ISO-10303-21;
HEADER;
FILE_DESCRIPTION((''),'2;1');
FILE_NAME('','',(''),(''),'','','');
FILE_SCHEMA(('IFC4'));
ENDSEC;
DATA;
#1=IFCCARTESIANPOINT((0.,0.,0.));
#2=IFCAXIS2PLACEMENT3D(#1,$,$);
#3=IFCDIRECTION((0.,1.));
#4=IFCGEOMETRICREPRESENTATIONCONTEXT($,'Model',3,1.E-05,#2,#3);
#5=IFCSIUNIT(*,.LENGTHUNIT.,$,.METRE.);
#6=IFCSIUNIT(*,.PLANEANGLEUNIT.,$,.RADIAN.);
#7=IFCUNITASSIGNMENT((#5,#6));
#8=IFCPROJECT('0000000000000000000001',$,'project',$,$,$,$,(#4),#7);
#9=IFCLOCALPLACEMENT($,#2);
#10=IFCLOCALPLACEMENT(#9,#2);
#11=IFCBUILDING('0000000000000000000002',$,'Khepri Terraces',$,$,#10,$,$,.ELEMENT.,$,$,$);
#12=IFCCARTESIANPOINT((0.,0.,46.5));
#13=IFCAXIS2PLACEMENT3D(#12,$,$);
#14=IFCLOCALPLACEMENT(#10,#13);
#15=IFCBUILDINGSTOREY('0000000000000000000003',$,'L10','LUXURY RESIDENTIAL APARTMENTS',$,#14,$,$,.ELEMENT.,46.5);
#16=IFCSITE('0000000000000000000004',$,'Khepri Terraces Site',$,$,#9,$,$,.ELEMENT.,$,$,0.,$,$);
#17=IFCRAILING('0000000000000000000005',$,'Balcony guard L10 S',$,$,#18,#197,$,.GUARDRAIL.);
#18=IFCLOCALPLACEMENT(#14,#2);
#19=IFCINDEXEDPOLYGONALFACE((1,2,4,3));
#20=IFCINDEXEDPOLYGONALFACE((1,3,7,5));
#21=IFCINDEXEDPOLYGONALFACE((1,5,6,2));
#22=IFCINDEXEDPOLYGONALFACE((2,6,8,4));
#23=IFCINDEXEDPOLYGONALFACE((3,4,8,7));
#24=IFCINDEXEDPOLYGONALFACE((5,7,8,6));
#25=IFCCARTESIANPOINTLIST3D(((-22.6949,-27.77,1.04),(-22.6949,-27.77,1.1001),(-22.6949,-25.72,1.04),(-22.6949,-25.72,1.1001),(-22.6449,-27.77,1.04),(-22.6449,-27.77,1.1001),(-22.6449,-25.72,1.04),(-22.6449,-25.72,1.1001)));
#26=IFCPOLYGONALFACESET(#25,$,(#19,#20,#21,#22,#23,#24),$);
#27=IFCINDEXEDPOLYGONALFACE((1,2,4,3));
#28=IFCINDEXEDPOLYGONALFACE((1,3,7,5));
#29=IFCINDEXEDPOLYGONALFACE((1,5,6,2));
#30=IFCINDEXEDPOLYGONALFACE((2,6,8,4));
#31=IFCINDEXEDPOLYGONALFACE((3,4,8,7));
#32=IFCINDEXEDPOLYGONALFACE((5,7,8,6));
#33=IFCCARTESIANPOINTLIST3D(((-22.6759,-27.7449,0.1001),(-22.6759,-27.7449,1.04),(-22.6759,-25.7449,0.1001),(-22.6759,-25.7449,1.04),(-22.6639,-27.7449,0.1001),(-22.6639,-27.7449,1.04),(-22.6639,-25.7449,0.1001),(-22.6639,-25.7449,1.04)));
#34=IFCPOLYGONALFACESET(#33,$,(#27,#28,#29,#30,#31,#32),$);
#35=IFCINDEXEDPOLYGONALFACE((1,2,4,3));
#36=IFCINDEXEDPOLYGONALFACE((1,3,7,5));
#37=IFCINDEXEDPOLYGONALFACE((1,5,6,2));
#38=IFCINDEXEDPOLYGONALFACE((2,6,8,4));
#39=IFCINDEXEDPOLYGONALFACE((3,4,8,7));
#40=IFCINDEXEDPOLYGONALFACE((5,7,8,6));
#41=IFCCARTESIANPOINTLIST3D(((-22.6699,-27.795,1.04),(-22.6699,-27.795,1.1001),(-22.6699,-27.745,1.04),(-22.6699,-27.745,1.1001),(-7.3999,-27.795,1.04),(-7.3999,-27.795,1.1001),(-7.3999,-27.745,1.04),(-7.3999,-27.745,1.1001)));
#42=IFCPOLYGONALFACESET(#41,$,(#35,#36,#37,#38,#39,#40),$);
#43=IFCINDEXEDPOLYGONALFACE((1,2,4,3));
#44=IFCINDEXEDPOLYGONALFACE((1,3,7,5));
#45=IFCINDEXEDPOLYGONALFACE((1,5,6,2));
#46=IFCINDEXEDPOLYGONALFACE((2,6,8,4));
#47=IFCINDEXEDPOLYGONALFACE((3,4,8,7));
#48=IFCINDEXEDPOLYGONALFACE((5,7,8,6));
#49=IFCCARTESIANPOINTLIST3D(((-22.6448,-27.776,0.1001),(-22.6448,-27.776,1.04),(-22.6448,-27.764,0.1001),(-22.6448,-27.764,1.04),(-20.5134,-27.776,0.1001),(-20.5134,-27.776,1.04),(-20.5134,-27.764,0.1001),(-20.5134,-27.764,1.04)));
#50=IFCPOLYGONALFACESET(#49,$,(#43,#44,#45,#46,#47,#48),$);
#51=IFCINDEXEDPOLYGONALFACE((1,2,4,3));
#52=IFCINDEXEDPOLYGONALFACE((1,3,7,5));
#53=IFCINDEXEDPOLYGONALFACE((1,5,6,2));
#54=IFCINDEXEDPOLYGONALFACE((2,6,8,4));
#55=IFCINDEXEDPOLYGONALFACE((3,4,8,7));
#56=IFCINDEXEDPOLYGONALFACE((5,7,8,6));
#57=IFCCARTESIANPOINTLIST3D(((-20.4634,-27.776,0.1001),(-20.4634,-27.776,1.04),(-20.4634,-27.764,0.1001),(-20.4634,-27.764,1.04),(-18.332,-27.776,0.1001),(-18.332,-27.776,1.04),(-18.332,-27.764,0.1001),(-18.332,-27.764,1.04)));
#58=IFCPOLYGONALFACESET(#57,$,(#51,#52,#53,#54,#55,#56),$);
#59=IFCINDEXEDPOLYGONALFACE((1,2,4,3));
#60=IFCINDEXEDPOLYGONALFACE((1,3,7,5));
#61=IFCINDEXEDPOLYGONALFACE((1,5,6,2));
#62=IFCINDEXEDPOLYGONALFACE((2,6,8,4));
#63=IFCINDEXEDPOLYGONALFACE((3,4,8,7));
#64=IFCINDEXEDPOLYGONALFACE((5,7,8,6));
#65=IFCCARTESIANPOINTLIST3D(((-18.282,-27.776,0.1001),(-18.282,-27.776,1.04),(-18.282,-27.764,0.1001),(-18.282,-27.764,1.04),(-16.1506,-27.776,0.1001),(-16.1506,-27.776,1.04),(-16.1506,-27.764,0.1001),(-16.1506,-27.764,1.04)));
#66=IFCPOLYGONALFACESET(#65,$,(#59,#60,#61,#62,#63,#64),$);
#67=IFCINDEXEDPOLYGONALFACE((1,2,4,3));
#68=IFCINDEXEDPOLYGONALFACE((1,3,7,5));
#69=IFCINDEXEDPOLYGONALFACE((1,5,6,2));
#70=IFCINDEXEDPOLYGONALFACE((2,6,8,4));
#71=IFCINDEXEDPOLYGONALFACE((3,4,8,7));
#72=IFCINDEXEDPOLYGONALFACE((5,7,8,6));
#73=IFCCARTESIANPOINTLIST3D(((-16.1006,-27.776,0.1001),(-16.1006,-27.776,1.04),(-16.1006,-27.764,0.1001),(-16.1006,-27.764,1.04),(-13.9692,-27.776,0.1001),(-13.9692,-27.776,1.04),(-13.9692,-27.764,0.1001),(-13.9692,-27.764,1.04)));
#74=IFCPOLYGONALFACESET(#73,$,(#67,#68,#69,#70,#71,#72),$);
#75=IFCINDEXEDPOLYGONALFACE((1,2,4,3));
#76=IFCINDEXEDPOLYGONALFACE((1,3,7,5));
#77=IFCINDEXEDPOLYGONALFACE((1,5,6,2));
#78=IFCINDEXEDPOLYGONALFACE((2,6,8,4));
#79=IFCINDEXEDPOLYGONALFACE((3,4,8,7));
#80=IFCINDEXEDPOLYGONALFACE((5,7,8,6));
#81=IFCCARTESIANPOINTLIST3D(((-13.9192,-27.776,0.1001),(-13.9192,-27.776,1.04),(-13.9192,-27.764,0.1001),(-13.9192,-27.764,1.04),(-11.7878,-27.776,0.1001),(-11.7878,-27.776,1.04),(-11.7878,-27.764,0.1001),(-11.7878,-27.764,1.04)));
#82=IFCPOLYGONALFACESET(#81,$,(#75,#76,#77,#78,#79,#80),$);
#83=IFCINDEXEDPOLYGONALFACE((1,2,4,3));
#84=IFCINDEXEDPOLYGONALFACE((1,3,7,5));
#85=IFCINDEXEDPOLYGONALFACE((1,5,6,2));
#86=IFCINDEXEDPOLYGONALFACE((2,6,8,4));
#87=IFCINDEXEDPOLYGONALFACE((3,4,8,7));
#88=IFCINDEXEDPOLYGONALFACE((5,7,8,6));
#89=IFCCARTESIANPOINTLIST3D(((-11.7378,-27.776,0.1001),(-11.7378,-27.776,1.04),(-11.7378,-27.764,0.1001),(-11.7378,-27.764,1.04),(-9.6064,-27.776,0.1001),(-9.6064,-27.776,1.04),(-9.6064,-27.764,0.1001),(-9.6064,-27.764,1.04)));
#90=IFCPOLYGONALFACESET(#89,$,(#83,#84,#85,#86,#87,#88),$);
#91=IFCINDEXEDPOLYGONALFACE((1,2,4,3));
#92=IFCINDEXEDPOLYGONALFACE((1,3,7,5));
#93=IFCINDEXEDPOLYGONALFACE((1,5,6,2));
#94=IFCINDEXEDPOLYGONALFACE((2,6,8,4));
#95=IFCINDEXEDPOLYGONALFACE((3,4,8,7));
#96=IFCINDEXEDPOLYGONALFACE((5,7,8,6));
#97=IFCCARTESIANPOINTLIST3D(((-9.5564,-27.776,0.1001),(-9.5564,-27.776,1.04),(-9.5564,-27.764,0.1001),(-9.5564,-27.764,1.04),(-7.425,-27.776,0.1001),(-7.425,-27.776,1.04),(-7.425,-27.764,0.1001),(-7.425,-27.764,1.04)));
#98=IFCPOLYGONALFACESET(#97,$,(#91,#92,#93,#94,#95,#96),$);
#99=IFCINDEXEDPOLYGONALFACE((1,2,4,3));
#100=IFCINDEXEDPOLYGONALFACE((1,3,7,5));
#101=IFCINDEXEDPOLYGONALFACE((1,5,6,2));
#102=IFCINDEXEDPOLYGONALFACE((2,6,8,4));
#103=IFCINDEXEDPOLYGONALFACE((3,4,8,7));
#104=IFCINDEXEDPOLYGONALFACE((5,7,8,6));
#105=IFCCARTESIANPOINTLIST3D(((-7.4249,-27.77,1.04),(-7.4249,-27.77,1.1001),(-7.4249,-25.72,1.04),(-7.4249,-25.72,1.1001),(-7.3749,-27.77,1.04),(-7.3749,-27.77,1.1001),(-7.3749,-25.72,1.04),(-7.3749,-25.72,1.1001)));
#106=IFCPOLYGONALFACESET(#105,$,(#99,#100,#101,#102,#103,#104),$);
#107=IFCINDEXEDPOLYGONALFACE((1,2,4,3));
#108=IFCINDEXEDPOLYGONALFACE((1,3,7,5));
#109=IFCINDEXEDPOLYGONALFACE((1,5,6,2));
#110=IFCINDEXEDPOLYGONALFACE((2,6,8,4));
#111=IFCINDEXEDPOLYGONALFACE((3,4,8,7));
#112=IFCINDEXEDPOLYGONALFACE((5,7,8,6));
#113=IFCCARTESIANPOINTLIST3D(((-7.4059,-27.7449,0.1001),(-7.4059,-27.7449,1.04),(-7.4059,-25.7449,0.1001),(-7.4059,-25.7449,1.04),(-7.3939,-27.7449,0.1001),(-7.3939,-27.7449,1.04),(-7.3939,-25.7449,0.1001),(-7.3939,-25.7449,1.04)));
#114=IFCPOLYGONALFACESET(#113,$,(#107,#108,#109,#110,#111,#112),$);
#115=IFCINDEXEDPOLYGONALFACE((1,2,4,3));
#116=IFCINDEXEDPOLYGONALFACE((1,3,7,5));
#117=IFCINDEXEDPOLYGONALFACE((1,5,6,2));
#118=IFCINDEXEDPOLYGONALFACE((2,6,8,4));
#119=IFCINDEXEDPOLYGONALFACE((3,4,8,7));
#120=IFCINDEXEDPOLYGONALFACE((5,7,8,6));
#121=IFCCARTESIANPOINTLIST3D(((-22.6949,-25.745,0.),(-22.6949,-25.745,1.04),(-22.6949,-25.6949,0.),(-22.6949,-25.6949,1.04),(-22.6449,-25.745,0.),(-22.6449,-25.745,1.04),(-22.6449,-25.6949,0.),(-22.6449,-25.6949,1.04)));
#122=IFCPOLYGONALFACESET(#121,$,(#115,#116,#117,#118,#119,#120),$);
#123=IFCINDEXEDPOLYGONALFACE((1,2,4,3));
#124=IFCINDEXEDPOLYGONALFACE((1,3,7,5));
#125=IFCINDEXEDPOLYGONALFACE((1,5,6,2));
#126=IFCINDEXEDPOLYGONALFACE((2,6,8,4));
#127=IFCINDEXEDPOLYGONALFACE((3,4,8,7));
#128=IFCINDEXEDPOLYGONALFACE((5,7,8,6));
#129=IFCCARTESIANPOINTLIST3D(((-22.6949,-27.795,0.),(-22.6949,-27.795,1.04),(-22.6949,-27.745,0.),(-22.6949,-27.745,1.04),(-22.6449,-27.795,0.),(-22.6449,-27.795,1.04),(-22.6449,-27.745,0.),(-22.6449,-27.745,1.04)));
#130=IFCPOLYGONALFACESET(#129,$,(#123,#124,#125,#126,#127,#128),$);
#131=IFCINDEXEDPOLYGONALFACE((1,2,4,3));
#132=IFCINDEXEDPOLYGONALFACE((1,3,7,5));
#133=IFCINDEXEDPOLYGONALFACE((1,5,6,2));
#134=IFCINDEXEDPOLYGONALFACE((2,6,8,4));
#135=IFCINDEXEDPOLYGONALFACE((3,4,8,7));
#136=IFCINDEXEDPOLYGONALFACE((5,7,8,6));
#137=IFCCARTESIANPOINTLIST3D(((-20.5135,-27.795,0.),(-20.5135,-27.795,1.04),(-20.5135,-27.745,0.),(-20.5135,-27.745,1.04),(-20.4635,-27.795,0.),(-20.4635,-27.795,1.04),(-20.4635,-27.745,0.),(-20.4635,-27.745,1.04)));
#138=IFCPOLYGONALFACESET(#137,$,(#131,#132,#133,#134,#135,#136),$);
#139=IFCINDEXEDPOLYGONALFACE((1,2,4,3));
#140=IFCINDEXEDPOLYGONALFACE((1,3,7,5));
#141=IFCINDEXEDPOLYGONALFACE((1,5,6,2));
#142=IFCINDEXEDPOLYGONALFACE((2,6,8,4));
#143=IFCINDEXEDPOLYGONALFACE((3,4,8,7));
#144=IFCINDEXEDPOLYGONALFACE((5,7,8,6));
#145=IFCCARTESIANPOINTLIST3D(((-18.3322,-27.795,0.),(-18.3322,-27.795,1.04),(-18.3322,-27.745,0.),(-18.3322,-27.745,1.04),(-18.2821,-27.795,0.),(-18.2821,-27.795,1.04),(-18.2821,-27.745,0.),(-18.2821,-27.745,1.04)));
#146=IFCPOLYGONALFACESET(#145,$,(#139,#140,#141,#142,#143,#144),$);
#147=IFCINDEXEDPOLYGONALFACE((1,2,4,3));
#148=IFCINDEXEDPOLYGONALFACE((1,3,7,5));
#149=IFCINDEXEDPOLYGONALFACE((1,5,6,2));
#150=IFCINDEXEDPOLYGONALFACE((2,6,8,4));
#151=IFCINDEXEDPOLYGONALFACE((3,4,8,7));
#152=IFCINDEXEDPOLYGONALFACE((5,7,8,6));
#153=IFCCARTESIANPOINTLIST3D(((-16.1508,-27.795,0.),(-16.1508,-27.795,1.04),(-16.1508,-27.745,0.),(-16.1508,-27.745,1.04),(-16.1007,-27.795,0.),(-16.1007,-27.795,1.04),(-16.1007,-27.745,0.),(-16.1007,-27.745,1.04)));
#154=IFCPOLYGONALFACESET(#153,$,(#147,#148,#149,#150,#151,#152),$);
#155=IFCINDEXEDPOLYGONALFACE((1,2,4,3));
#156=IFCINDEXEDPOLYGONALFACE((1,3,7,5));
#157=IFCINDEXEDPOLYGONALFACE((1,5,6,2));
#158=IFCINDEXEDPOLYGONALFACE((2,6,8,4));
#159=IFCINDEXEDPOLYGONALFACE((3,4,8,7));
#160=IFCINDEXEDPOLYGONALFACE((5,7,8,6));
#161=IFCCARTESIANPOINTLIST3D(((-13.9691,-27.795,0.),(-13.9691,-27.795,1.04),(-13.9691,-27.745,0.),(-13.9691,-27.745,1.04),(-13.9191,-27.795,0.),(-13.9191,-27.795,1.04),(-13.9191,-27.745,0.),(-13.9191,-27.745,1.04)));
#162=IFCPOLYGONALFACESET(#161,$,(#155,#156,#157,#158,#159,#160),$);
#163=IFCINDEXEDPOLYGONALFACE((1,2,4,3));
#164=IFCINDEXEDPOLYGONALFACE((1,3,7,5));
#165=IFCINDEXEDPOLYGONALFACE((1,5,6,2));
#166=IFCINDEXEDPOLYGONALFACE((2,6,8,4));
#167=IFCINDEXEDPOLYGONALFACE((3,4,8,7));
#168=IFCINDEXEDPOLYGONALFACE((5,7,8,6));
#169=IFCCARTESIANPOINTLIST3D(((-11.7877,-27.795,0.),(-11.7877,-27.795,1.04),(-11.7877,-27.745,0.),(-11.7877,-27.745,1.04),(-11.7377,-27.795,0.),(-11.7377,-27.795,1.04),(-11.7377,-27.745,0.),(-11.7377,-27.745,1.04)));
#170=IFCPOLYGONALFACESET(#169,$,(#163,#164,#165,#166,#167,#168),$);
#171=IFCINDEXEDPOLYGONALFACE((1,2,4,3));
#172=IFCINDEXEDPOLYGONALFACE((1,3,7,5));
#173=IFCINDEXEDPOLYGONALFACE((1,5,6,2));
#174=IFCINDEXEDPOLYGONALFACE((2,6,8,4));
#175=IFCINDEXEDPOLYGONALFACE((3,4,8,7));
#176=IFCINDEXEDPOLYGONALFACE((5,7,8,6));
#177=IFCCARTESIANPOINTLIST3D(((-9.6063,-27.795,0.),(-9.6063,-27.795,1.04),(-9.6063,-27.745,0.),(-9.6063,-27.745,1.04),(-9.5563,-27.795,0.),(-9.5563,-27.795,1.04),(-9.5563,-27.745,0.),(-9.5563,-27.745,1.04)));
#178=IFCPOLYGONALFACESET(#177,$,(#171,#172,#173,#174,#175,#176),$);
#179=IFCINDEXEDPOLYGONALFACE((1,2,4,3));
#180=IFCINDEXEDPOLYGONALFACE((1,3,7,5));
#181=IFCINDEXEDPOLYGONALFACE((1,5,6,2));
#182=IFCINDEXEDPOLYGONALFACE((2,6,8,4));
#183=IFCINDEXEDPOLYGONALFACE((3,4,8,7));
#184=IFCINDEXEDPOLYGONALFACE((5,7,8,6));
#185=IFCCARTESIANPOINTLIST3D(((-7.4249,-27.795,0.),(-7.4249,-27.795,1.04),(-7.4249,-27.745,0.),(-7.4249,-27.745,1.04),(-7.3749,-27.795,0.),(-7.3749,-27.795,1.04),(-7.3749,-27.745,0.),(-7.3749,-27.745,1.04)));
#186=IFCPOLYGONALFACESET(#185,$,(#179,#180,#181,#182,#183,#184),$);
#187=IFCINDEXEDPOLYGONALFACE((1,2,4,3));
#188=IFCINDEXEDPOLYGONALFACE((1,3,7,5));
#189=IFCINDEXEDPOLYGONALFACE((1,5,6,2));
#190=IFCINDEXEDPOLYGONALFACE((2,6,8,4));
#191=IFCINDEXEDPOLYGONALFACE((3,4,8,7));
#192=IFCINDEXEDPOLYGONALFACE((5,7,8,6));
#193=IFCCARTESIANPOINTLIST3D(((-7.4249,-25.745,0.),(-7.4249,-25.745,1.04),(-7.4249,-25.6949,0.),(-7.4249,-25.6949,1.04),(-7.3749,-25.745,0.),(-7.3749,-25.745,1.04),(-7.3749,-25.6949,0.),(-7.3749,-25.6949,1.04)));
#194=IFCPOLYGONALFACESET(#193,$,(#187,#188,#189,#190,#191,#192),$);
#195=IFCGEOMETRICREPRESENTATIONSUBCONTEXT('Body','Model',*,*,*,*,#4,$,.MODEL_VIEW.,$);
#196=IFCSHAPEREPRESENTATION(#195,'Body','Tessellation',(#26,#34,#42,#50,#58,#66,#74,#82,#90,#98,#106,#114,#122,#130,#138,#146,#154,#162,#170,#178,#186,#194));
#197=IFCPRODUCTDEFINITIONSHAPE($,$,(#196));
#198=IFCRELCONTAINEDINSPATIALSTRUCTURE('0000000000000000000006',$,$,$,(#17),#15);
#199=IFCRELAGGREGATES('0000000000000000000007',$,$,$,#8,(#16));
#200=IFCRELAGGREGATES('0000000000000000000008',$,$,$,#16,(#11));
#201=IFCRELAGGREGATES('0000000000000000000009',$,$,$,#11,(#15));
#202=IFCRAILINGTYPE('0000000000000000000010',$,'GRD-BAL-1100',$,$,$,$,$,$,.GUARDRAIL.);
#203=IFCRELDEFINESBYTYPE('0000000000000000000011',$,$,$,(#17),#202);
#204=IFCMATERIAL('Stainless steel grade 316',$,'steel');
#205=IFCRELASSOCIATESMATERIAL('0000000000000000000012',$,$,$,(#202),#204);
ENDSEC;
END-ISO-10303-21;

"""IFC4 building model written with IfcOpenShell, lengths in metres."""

from ifc_helpers import new_model, si_unit, direction, frame, origin, origin_2d, place, context, subcontext, project, spatial, rectangle, extrude, material, type_object, element, save


model = new_model("IFC4")

# Units and contexts
model_context = context("Model", 3, precision=1e-05, world=origin(), true_north=direction((0.0, 1.0)))
body_context = subcontext(model_context, "Body", "Model", "MODEL_VIEW")
ifc_project = project(units=[si_unit("LENGTHUNIT", "METRE"), si_unit("PLANEANGLEUNIT", "RADIAN")], contexts=[model_context])

# Site, building, storey
site_placement = place(None, origin())
site = spatial("IfcSite", under=ifc_project, at=site_placement, Name="Khepri Terraces Site", CompositionType="ELEMENT", RefElevation=0.0)
building_placement = place(site_placement, origin())
building = spatial("IfcBuilding", under=site, at=building_placement, Name="Khepri Terraces", CompositionType="ELEMENT")
storey_placement = place(building_placement, frame((0.0, 0.0, 46.5)))
storey = spatial("IfcBuildingStorey", under=building, at=storey_placement, Name="L10", Description="LUXURY RESIDENTIAL APARTMENTS", CompositionType="ELEMENT", Elevation=46.5)

# Railing
ifc_material_1 = material(Name="Stainless steel grade 316", Category="steel")
railing_type = type_object("IfcRailingType", Name="GRD-BAL-1100", PredefinedType="GUARDRAIL", material=ifc_material_1)
railing_placement = place(storey_placement, frame((-22.6699, -25.72, 0.0)))
element("IfcRailing", 1, at=railing_placement, inside=storey, type_object=railing_type, Name="Balcony guard L10 S", PredefinedType="GUARDRAIL", context=body_context, shape_type="SweptSolid", body=[
    extrude(rectangle(XDim=0.05, YDim=0.0601, at=origin_2d()), frame((0.0, 0.0, 1.0701), z_axis=(0.0, -1.0, 0.0), x_axis=(1.0, 0.0, 0.0)), (0.0, 0.0, 1.0), 2.05),
    extrude(rectangle(XDim=2.0, YDim=0.012, at=origin_2d()), frame((0.0, -1.0249, 0.1001), z_axis=(0.0, 0.0, 1.0), x_axis=(0.0, -1.0, 0.0)), (0.0, 0.0, 1.0), 0.9399),
    extrude(rectangle(XDim=0.05, YDim=0.0601, at=origin_2d()), frame((0.0, -2.05, 1.0701), z_axis=(1.0, 0.0, 0.0), x_axis=(0.0, 1.0, 0.0)), (0.0, 0.0, 1.0), 15.27),
    extrude(rectangle(XDim=2.1313, YDim=0.012, at=origin_2d()), frame((1.0908, -2.05, 0.1001), z_axis=(0.0, 0.0, 1.0), x_axis=(1.0, 0.0, 0.0)), (0.0, 0.0, 1.0), 0.9399),
    extrude(rectangle(XDim=2.1313, YDim=0.012, at=origin_2d()), frame((3.2722, -2.05, 0.1001), z_axis=(0.0, 0.0, 1.0), x_axis=(1.0, 0.0, 0.0)), (0.0, 0.0, 1.0), 0.9399),
    extrude(rectangle(XDim=2.1313, YDim=0.012, at=origin_2d()), frame((5.4536, -2.05, 0.1001), z_axis=(0.0, 0.0, 1.0), x_axis=(1.0, 0.0, 0.0)), (0.0, 0.0, 1.0), 0.9399),
    extrude(rectangle(XDim=2.1313, YDim=0.012, at=origin_2d()), frame((7.635, -2.05, 0.1001), z_axis=(0.0, 0.0, 1.0), x_axis=(1.0, 0.0, 0.0)), (0.0, 0.0, 1.0), 0.9399),
    extrude(rectangle(XDim=2.1313, YDim=0.012, at=origin_2d()), frame((9.8164, -2.05, 0.1001), z_axis=(0.0, 0.0, 1.0), x_axis=(1.0, 0.0, 0.0)), (0.0, 0.0, 1.0), 0.9399),
    extrude(rectangle(XDim=2.1313, YDim=0.012, at=origin_2d()), frame((11.9978, -2.05, 0.1001), z_axis=(0.0, 0.0, 1.0), x_axis=(1.0, 0.0, 0.0)), (0.0, 0.0, 1.0), 0.9399),
    extrude(rectangle(XDim=2.1313, YDim=0.012, at=origin_2d()), frame((14.1792, -2.05, 0.1001), z_axis=(0.0, 0.0, 1.0), x_axis=(1.0, 0.0, 0.0)), (0.0, 0.0, 1.0), 0.9399),
    extrude(rectangle(XDim=0.05, YDim=0.0601, at=origin_2d()), frame((15.27, -2.05, 1.0701), z_axis=(0.0, 1.0, 0.0), x_axis=(-1.0, 0.0, 0.0)), (0.0, 0.0, 1.0), 2.05),
    extrude(rectangle(XDim=2.0, YDim=0.012, at=origin_2d()), frame((15.27, -1.0249, 0.1001), z_axis=(0.0, 0.0, 1.0), x_axis=(0.0, 1.0, 0.0)), (0.0, 0.0, 1.0), 0.9399),
    extrude(rectangle(XDim=0.05, YDim=0.05, at=origin_2d()), origin(), (0.0, 0.0, 1.0), 1.04),
    extrude(rectangle(XDim=0.05, YDim=0.05, at=origin_2d()), frame((0.0, -2.05, 0.0)), (0.0, 0.0, 1.0), 1.04),
    extrude(rectangle(XDim=0.05, YDim=0.05, at=origin_2d()), frame((2.1814, -2.05, 0.0)), (0.0, 0.0, 1.0), 1.04),
    extrude(rectangle(XDim=0.05, YDim=0.05, at=origin_2d()), frame((4.3628, -2.05, 0.0)), (0.0, 0.0, 1.0), 1.04),
    extrude(rectangle(XDim=0.05, YDim=0.05, at=origin_2d()), frame((6.5442, -2.05, 0.0)), (0.0, 0.0, 1.0), 1.04),
    extrude(rectangle(XDim=0.05, YDim=0.05, at=origin_2d()), frame((8.7258, -2.05, 0.0)), (0.0, 0.0, 1.0), 1.04),
    extrude(rectangle(XDim=0.05, YDim=0.05, at=origin_2d()), frame((10.9072, -2.05, 0.0)), (0.0, 0.0, 1.0), 1.04),
    extrude(rectangle(XDim=0.05, YDim=0.05, at=origin_2d()), frame((13.0886, -2.05, 0.0)), (0.0, 0.0, 1.0), 1.04),
    extrude(rectangle(XDim=0.05, YDim=0.05, at=origin_2d()), frame((15.27, -2.05, 0.0)), (0.0, 0.0, 1.0), 1.04),
    extrude(rectangle(XDim=0.05, YDim=0.05, at=origin_2d()), frame((15.27, 0.0, 0.0)), (0.0, 0.0, 1.0), 1.04),
])

save(model, "model.ifc")
